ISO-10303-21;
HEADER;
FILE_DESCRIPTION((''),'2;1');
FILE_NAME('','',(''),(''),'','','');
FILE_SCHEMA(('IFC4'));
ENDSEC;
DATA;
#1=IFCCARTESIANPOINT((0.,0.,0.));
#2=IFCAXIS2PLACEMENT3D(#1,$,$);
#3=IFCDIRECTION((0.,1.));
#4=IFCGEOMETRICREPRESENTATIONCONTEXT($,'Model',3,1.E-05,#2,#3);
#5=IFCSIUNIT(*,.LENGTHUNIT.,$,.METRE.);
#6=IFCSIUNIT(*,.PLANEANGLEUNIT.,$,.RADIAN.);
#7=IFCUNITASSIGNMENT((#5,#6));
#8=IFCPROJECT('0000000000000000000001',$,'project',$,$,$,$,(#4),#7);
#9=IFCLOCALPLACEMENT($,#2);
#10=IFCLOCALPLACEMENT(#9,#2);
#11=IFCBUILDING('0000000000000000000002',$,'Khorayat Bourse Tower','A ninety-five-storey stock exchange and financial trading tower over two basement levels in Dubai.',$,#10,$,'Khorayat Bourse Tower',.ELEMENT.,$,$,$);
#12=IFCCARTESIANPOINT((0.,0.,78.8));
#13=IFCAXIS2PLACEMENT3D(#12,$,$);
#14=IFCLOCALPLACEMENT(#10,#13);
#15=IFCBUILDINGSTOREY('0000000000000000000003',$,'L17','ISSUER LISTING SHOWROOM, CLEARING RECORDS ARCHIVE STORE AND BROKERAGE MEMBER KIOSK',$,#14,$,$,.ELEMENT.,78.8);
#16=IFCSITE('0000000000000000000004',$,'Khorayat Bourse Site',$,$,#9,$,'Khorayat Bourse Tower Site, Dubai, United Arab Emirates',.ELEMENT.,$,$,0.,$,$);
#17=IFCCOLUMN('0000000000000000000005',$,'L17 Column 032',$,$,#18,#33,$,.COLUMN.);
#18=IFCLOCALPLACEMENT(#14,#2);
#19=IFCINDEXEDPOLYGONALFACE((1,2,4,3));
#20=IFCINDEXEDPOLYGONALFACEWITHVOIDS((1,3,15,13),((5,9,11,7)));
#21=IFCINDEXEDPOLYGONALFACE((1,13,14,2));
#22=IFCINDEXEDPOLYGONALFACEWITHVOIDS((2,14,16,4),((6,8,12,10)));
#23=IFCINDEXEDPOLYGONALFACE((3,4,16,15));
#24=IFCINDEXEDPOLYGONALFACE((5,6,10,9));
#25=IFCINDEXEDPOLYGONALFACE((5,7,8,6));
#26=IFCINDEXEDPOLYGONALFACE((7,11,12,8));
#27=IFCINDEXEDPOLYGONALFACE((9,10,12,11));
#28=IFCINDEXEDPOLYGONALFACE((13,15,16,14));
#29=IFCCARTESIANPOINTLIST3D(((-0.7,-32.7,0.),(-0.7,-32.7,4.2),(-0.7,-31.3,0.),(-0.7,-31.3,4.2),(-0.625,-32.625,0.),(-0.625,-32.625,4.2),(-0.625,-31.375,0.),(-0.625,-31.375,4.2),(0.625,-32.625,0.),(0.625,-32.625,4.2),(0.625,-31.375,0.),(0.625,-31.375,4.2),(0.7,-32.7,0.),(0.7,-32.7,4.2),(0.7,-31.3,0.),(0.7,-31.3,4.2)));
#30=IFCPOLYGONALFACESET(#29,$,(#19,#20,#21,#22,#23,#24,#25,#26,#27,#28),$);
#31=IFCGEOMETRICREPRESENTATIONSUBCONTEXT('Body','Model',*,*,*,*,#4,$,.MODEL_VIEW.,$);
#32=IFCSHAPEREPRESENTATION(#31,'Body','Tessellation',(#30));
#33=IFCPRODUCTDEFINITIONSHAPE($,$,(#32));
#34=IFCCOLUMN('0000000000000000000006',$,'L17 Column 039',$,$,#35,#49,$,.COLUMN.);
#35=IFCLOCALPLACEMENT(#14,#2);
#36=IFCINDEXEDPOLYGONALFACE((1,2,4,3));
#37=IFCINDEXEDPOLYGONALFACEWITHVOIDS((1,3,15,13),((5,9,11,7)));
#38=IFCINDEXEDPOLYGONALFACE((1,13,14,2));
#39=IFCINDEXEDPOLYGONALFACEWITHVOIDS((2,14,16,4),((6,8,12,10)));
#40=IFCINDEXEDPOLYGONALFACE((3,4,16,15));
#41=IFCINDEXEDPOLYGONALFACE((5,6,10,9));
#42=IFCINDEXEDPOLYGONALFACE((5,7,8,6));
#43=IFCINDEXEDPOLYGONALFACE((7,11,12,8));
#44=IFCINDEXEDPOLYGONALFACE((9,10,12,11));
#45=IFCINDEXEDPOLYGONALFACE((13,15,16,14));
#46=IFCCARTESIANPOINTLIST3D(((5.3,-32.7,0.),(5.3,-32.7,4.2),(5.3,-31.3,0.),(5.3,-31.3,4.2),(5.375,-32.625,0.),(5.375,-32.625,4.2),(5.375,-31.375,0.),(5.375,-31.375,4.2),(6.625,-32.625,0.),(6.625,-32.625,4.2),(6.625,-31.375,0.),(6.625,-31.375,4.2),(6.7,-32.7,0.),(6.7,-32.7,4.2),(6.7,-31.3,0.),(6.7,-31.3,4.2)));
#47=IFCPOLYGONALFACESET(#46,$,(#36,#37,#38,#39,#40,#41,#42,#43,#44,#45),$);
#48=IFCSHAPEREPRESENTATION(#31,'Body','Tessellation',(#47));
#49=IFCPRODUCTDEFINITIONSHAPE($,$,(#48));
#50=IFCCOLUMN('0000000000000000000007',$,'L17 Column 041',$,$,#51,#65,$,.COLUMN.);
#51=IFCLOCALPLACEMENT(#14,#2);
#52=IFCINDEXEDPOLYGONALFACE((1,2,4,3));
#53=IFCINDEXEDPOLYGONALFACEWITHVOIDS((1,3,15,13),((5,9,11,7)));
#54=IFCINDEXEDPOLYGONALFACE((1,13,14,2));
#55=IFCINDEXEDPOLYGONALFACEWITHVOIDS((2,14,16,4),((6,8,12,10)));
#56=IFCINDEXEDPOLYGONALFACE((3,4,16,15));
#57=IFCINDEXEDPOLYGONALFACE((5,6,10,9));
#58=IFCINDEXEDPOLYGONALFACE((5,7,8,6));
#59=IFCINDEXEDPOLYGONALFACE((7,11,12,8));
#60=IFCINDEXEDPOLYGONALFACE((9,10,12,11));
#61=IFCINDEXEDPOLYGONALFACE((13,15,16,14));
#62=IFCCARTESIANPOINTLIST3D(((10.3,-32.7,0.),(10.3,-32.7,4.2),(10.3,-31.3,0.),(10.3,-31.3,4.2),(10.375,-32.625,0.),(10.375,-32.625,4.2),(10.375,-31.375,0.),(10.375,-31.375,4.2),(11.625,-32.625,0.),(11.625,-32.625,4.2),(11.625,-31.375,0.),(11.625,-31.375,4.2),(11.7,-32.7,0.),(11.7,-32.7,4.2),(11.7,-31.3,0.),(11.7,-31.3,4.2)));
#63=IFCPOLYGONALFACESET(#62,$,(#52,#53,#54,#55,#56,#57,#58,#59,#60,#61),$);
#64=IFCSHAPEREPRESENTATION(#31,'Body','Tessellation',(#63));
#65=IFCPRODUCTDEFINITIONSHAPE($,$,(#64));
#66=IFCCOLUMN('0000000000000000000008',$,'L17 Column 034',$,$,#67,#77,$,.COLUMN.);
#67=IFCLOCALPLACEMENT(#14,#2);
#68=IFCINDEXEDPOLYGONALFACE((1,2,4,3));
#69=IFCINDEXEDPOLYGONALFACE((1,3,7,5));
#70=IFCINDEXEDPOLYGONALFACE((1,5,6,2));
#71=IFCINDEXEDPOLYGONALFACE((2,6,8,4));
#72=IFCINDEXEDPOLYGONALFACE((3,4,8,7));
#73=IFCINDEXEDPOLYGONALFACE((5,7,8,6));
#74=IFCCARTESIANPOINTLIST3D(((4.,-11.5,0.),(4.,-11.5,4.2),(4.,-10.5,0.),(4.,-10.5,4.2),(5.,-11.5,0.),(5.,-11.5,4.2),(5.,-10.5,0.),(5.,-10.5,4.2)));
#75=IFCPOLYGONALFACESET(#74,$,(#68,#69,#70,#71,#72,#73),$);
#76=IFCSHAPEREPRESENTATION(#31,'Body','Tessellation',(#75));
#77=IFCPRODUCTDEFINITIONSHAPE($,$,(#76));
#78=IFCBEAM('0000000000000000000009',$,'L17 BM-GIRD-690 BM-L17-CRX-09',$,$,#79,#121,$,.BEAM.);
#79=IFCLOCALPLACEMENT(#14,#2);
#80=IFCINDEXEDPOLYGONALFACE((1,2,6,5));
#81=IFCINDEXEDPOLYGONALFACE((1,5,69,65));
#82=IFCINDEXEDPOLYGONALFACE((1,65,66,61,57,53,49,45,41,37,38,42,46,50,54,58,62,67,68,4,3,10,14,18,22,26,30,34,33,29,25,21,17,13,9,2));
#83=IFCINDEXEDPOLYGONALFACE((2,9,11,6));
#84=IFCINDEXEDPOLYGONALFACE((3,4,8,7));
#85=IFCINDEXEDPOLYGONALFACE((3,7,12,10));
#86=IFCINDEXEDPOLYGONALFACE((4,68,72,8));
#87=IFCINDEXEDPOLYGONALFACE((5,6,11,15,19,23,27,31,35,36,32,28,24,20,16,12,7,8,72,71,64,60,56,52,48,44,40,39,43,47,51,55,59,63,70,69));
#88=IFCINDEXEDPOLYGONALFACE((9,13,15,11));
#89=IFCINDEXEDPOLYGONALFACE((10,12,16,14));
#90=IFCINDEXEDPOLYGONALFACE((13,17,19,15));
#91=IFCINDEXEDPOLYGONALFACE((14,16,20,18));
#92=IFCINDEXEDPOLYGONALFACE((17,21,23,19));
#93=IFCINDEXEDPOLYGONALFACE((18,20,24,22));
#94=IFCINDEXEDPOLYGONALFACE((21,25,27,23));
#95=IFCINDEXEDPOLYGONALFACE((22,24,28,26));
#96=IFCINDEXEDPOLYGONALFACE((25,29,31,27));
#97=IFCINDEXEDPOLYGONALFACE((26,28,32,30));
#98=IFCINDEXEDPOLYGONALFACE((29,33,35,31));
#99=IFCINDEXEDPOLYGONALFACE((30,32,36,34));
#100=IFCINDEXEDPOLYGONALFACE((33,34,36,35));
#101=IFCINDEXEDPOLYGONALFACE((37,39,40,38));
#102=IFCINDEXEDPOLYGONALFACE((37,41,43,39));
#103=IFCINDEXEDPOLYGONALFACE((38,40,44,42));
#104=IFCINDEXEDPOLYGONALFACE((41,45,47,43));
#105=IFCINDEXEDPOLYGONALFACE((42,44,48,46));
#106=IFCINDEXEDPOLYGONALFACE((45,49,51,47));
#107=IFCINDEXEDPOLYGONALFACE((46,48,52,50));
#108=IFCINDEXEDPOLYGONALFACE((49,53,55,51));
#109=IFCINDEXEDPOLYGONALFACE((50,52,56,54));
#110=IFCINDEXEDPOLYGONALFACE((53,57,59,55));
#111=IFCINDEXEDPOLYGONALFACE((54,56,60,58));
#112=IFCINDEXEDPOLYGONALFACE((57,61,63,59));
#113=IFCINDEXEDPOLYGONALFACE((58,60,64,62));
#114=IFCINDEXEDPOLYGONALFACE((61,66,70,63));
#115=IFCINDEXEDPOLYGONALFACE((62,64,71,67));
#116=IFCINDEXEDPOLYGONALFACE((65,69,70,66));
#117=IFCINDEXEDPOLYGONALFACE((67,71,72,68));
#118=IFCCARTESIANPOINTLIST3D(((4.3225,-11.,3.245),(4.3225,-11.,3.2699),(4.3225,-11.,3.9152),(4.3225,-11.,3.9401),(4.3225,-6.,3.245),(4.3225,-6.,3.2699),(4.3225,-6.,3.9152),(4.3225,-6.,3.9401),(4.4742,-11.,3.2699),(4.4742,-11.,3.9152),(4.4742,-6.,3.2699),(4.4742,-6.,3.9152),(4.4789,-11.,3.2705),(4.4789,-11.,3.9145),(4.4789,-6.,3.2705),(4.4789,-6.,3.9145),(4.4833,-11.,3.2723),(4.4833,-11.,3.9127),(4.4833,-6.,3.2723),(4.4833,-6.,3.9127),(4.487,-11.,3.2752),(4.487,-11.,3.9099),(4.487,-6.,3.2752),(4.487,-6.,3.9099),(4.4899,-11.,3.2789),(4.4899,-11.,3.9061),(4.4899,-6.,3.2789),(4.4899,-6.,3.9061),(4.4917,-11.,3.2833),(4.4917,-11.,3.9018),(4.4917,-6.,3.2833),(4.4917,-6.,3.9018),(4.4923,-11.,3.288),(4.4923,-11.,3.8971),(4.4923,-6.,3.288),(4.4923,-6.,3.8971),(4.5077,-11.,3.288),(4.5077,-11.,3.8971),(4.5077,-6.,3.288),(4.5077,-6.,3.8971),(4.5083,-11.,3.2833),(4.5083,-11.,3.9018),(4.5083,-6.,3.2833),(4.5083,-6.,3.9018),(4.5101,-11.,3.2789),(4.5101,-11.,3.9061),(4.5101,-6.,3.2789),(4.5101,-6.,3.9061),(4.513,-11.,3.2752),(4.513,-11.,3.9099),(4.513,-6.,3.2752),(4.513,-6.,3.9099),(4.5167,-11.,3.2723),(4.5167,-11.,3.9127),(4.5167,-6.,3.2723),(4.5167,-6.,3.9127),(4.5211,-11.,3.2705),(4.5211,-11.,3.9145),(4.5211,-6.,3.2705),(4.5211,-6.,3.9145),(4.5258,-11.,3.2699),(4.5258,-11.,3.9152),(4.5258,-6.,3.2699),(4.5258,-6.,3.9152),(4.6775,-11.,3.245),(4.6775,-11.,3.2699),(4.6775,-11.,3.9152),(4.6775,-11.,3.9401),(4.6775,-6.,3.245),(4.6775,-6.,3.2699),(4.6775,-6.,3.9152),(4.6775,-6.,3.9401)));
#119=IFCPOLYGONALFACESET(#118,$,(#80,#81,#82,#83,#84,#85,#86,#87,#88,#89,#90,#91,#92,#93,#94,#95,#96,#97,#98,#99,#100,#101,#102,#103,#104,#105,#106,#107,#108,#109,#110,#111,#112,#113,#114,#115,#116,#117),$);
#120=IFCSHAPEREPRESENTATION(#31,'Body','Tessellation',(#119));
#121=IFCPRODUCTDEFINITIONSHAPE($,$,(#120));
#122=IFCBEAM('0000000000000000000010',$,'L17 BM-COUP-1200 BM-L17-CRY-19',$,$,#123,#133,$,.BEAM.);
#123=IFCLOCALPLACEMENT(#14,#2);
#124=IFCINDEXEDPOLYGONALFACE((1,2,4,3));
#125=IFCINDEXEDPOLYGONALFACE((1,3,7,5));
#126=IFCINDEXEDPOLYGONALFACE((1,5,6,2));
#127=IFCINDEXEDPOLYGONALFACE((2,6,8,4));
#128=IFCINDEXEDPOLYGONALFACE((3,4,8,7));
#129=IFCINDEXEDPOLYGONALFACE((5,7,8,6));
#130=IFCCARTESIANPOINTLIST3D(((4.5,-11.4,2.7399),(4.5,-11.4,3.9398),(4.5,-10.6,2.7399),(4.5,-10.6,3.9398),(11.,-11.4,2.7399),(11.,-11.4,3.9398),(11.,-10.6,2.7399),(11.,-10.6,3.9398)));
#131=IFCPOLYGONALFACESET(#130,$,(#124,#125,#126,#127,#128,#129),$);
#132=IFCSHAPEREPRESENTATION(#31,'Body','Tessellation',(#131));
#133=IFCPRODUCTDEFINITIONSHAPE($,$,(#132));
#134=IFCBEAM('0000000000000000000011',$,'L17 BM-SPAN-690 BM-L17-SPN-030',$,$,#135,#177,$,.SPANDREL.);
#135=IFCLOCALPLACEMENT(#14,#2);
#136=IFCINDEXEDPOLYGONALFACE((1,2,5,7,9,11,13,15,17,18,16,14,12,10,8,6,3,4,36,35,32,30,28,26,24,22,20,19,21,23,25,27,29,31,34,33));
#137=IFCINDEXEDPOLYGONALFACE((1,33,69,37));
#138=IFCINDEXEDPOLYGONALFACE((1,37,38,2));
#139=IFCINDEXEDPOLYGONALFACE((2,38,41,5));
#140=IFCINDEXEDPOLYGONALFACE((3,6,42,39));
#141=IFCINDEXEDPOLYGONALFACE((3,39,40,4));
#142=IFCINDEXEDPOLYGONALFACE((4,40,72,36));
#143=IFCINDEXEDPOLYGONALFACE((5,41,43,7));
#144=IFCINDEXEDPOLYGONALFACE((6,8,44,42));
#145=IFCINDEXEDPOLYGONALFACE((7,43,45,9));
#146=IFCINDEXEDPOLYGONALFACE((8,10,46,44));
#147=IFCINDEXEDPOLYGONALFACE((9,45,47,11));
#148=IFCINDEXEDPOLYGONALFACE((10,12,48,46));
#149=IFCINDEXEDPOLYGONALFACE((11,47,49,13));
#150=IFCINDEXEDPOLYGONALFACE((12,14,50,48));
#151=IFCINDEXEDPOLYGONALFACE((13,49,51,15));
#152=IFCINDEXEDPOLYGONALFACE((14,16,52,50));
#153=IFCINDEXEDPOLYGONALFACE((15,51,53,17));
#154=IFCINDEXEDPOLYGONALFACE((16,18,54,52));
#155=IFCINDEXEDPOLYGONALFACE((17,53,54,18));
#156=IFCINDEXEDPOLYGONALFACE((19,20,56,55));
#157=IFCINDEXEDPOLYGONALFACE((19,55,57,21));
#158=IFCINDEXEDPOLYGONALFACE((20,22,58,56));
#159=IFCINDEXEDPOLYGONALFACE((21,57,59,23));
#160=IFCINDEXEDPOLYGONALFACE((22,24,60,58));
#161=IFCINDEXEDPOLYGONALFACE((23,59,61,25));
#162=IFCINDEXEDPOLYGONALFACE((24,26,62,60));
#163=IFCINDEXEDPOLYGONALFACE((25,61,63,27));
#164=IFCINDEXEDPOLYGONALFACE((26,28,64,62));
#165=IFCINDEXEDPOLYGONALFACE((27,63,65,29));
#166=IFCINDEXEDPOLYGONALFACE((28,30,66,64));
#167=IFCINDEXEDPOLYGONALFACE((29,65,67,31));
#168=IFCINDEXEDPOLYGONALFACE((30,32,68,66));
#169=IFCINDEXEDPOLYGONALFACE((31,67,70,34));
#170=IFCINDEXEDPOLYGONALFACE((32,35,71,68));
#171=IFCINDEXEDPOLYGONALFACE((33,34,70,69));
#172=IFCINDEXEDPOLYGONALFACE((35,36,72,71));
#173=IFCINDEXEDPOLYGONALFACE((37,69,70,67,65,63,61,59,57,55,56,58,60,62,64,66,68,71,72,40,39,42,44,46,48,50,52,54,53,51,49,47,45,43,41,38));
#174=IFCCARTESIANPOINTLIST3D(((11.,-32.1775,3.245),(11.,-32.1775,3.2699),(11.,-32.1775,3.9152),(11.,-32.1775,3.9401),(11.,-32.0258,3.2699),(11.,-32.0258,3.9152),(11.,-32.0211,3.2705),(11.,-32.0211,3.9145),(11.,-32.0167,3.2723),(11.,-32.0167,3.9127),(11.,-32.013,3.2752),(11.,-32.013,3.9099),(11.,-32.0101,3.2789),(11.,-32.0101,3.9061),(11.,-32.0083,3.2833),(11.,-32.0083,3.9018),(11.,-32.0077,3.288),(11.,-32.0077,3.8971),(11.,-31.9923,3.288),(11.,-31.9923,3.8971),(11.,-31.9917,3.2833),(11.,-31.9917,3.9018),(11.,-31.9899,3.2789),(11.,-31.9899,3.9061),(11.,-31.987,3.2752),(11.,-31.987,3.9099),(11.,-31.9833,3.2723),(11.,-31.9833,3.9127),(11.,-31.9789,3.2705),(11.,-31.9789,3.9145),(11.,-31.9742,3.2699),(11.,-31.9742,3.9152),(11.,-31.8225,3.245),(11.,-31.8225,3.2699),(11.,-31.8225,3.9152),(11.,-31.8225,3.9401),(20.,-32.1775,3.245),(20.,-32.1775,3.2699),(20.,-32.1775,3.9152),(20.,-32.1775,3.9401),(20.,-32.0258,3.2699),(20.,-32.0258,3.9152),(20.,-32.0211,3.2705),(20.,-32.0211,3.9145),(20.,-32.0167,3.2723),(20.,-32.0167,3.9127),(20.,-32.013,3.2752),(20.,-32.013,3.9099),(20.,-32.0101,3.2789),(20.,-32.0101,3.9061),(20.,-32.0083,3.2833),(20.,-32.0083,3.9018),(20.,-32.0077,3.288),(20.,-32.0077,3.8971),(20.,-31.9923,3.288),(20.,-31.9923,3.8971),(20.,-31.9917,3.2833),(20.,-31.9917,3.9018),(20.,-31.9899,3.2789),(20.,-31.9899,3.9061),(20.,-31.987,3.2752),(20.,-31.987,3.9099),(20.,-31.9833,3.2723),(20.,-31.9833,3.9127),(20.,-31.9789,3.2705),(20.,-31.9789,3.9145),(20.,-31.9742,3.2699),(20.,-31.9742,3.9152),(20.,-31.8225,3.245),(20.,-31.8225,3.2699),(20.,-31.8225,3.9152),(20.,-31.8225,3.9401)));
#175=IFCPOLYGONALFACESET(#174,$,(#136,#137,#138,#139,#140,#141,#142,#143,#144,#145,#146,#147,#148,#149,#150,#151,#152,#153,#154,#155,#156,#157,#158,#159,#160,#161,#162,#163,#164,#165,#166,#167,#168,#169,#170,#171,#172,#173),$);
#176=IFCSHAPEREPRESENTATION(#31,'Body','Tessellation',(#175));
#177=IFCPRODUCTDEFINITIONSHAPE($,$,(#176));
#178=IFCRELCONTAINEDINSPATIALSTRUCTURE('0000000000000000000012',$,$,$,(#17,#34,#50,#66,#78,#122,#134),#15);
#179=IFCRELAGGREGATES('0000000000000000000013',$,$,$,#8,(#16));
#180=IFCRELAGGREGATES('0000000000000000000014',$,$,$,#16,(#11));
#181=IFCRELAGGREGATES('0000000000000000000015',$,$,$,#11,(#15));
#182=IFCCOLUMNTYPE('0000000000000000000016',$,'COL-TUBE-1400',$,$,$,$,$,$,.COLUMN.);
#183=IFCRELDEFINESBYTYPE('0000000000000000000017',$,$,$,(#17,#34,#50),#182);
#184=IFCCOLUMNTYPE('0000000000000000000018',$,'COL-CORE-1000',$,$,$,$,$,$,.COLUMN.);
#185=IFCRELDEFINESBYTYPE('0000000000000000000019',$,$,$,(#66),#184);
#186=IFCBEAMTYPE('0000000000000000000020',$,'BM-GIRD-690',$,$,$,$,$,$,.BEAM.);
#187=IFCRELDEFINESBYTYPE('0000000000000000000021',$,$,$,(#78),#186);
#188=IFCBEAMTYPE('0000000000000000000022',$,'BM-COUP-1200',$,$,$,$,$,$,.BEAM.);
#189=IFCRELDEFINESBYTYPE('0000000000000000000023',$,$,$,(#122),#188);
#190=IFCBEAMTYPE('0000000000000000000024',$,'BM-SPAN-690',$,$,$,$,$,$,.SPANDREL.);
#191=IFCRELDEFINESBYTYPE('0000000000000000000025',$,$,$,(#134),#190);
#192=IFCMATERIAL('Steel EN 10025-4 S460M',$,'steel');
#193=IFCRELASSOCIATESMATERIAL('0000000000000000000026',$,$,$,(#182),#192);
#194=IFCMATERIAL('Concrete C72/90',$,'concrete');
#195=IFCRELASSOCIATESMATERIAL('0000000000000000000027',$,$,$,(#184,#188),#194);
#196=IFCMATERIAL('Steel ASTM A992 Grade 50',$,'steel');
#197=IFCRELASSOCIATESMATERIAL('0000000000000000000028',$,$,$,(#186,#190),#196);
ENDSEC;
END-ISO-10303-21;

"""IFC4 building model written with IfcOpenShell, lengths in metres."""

from ifc_helpers import new_model, si_unit, direction, frame, origin, origin_2d, place, context, subcontext, project, spatial, rectangle, hollow_rectangle, i_section, extrude, source, transform, mapped, material, material_profile, profile_set, type_object, element, save


model = new_model("IFC4")

# Units and contexts
model_context = context("Model", 3, precision=1e-05, world=origin(), true_north=direction((0.0, 1.0)))
body_context = subcontext(model_context, "Body", "Model", "MODEL_VIEW")
ifc_project = project(units=[si_unit("LENGTHUNIT", "METRE"), si_unit("PLANEANGLEUNIT", "RADIAN")], contexts=[model_context])

# Site, building, storey
site_placement = place(None, origin())
site = spatial("IfcSite", under=ifc_project, at=site_placement, Name="Khorayat Bourse Site", LongName="Khorayat Bourse Tower Site, Dubai, United Arab Emirates", CompositionType="ELEMENT", RefElevation=0.0)
building_placement = place(site_placement, origin())
building = spatial("IfcBuilding", under=site, at=building_placement, Name="Khorayat Bourse Tower", Description="A ninety-five-storey stock exchange and financial trading tower over two basement levels in Dubai.", LongName="Khorayat Bourse Tower", CompositionType="ELEMENT")
storey_placement = place(building_placement, frame((0.0, 0.0, 78.8)))
storey = spatial("IfcBuildingStorey", under=building, at=storey_placement, Name="L17", Description="ISSUER LISTING SHOWROOM, CLEARING RECORDS ARCHIVE STORE AND BROKERAGE MEMBER KIOSK", CompositionType="ELEMENT", Elevation=78.8)

# Columns
ifc_material_1 = material(Name="Steel EN 10025-4 S460M", Category="steel")
ifc_material_profile_1 = material_profile(ifc_material_1, hollow_rectangle(XDim=1.3999, YDim=1.3999, WallThickness=0.075, at=origin_2d()), Name="BOX 1400x1400x75")
ifc_profile_set_1 = profile_set([ifc_material_profile_1], Name="Steel EN 10025-4 S460M")
column_type_1 = type_object("IfcColumnType", Name="COL-TUBE-1400", PredefinedType="COLUMN", material=ifc_profile_set_1)
shared_shape_1 = source(origin(), body_context, "Body", "SweptSolid", [
    extrude(hollow_rectangle(XDim=1.3999, YDim=1.3999, WallThickness=0.075, at=origin_2d()), origin(), (0.0, 0.0, 1.0), 4.2),
])
for number, where, z_axis, x_axis, name in (
    (1, (0.0, -32.0, 0.0), (0.0, 0.0, 1.0), (1.0, 0.0, 0.0), "L17 Column 032"),
    (2, (6.0, -32.0, 0.0), (0.0, 0.0, 1.0), (1.0, 0.0, 0.0), "L17 Column 039"),
    (3, (11.0, -32.0, 0.0), (0.0, 0.0, 1.0), (1.0, 0.0, 0.0), "L17 Column 041"),
):
    element("IfcColumn", number, at=place(storey_placement, frame(where, z_axis=z_axis, x_axis=x_axis)), inside=storey, type_object=column_type_1, Name=name, PredefinedType="COLUMN", context=body_context, shape_type="MappedRepresentation", body=[
        mapped(shared_shape_1, transform((0.0, 0.0, 0.0), scale=1.0)),
    ])
ifc_material_2 = material(Name="Concrete C72/90", Category="concrete")
ifc_material_profile_2 = material_profile(ifc_material_2, rectangle(XDim=1.0, YDim=1.0, at=origin_2d()), Name="RC 1000x1000")
ifc_profile_set_2 = profile_set([ifc_material_profile_2], Name="Concrete C72/90")
column_type_2 = type_object("IfcColumnType", Name="COL-CORE-1000", PredefinedType="COLUMN", material=ifc_profile_set_2)
shared_shape_2 = source(origin(), body_context, "Body", "SweptSolid", [
    extrude(rectangle(XDim=1.0, YDim=1.0, at=origin_2d()), origin(), (0.0, 0.0, 1.0), 4.2),
])
column_placement = place(storey_placement, frame((4.5, -11.0, 0.0), z_axis=(0.0, 0.0, 1.0), x_axis=(1.0, 0.0, 0.0)))
element("IfcColumn", 4, at=column_placement, inside=storey, type_object=column_type_2, Name="L17 Column 034", PredefinedType="COLUMN", context=body_context, shape_type="MappedRepresentation", body=[
    mapped(shared_shape_2, transform((0.0, 0.0, 0.0), scale=1.0)),
])

# Beams
ifc_material_3 = material(Name="Steel ASTM A992 Grade 50", Category="steel")
ifc_material_profile_3 = material_profile(ifc_material_3, i_section(OverallWidth=0.355, OverallDepth=0.6951, WebThickness=0.0154, FlangeThickness=0.0249, FilletRadius=0.0181, at=origin_2d()), Name="W690X217")
ifc_profile_set_3 = profile_set([ifc_material_profile_3], Name="Steel ASTM A992 Grade 50")
beam_type_1 = type_object("IfcBeamType", Name="BM-GIRD-690", PredefinedType="BEAM", material=ifc_profile_set_3)
shared_shape_3 = source(origin(), body_context, "Body", "SweptSolid", [
    extrude(i_section(OverallWidth=0.355, OverallDepth=0.6951, WebThickness=0.0154, FlangeThickness=0.0249, FilletRadius=0.0181, at=origin_2d()), origin(), (0.0, 0.0, 1.0), 5.0),
])
beam_1_placement = place(storey_placement, frame((4.5, -11.0, 3.5925), z_axis=(0.0, 1.0, 0.0), x_axis=(-1.0, 0.0, 0.0)))
element("IfcBeam", 5, at=beam_1_placement, inside=storey, type_object=beam_type_1, Name="L17 BM-GIRD-690 BM-L17-CRX-09", PredefinedType="BEAM", context=body_context, shape_type="MappedRepresentation", body=[
    mapped(shared_shape_3, transform((0.0, 0.0, 0.0), scale=1.0)),
])
ifc_material_profile_4 = material_profile(ifc_material_2, rectangle(XDim=0.8, YDim=1.2, at=origin_2d()), Name="RC 800x1200")
ifc_profile_set_4 = profile_set([ifc_material_profile_4], Name="Concrete C72/90")
beam_type_2 = type_object("IfcBeamType", Name="BM-COUP-1200", PredefinedType="BEAM", material=ifc_profile_set_4)
shared_shape_4 = source(origin(), body_context, "Body", "SweptSolid", [
    extrude(rectangle(XDim=0.8, YDim=1.2, at=origin_2d()), origin(), (0.0, 0.0, 1.0), 6.5),
])
beam_2_placement = place(storey_placement, frame((4.5, -11.0, 3.3398), z_axis=(1.0, 0.0, 0.0), x_axis=(0.0, 1.0, 0.0)))
element("IfcBeam", 6, at=beam_2_placement, inside=storey, type_object=beam_type_2, Name="L17 BM-COUP-1200 BM-L17-CRY-19", PredefinedType="BEAM", context=body_context, shape_type="MappedRepresentation", body=[
    mapped(shared_shape_4, transform((0.0, 0.0, 0.0), scale=1.0)),
])
ifc_material_profile_5 = material_profile(ifc_material_3, i_section(OverallWidth=0.355, OverallDepth=0.6951, WebThickness=0.0154, FlangeThickness=0.0249, FilletRadius=0.0181, at=origin_2d()), Name="W690X217")
ifc_profile_set_5 = profile_set([ifc_material_profile_5], Name="Steel ASTM A992 Grade 50")
beam_type_3 = type_object("IfcBeamType", Name="BM-SPAN-690", PredefinedType="SPANDREL", material=ifc_profile_set_5)
shared_shape_5 = source(origin(), body_context, "Body", "SweptSolid", [
    extrude(i_section(OverallWidth=0.355, OverallDepth=0.6951, WebThickness=0.0154, FlangeThickness=0.0249, FilletRadius=0.0181, at=origin_2d()), origin(), (0.0, 0.0, 1.0), 9.0),
])
beam_3_placement = place(storey_placement, frame((11.0, -32.0, 3.5925), z_axis=(1.0, 0.0, 0.0), x_axis=(0.0, 1.0, 0.0)))
element("IfcBeam", 7, at=beam_3_placement, inside=storey, type_object=beam_type_3, Name="L17 BM-SPAN-690 BM-L17-SPN-030", PredefinedType="SPANDREL", context=body_context, shape_type="MappedRepresentation", body=[
    mapped(shared_shape_5, transform((0.0, 0.0, 0.0), scale=1.0)),
])

save(model, "model.ifc")
